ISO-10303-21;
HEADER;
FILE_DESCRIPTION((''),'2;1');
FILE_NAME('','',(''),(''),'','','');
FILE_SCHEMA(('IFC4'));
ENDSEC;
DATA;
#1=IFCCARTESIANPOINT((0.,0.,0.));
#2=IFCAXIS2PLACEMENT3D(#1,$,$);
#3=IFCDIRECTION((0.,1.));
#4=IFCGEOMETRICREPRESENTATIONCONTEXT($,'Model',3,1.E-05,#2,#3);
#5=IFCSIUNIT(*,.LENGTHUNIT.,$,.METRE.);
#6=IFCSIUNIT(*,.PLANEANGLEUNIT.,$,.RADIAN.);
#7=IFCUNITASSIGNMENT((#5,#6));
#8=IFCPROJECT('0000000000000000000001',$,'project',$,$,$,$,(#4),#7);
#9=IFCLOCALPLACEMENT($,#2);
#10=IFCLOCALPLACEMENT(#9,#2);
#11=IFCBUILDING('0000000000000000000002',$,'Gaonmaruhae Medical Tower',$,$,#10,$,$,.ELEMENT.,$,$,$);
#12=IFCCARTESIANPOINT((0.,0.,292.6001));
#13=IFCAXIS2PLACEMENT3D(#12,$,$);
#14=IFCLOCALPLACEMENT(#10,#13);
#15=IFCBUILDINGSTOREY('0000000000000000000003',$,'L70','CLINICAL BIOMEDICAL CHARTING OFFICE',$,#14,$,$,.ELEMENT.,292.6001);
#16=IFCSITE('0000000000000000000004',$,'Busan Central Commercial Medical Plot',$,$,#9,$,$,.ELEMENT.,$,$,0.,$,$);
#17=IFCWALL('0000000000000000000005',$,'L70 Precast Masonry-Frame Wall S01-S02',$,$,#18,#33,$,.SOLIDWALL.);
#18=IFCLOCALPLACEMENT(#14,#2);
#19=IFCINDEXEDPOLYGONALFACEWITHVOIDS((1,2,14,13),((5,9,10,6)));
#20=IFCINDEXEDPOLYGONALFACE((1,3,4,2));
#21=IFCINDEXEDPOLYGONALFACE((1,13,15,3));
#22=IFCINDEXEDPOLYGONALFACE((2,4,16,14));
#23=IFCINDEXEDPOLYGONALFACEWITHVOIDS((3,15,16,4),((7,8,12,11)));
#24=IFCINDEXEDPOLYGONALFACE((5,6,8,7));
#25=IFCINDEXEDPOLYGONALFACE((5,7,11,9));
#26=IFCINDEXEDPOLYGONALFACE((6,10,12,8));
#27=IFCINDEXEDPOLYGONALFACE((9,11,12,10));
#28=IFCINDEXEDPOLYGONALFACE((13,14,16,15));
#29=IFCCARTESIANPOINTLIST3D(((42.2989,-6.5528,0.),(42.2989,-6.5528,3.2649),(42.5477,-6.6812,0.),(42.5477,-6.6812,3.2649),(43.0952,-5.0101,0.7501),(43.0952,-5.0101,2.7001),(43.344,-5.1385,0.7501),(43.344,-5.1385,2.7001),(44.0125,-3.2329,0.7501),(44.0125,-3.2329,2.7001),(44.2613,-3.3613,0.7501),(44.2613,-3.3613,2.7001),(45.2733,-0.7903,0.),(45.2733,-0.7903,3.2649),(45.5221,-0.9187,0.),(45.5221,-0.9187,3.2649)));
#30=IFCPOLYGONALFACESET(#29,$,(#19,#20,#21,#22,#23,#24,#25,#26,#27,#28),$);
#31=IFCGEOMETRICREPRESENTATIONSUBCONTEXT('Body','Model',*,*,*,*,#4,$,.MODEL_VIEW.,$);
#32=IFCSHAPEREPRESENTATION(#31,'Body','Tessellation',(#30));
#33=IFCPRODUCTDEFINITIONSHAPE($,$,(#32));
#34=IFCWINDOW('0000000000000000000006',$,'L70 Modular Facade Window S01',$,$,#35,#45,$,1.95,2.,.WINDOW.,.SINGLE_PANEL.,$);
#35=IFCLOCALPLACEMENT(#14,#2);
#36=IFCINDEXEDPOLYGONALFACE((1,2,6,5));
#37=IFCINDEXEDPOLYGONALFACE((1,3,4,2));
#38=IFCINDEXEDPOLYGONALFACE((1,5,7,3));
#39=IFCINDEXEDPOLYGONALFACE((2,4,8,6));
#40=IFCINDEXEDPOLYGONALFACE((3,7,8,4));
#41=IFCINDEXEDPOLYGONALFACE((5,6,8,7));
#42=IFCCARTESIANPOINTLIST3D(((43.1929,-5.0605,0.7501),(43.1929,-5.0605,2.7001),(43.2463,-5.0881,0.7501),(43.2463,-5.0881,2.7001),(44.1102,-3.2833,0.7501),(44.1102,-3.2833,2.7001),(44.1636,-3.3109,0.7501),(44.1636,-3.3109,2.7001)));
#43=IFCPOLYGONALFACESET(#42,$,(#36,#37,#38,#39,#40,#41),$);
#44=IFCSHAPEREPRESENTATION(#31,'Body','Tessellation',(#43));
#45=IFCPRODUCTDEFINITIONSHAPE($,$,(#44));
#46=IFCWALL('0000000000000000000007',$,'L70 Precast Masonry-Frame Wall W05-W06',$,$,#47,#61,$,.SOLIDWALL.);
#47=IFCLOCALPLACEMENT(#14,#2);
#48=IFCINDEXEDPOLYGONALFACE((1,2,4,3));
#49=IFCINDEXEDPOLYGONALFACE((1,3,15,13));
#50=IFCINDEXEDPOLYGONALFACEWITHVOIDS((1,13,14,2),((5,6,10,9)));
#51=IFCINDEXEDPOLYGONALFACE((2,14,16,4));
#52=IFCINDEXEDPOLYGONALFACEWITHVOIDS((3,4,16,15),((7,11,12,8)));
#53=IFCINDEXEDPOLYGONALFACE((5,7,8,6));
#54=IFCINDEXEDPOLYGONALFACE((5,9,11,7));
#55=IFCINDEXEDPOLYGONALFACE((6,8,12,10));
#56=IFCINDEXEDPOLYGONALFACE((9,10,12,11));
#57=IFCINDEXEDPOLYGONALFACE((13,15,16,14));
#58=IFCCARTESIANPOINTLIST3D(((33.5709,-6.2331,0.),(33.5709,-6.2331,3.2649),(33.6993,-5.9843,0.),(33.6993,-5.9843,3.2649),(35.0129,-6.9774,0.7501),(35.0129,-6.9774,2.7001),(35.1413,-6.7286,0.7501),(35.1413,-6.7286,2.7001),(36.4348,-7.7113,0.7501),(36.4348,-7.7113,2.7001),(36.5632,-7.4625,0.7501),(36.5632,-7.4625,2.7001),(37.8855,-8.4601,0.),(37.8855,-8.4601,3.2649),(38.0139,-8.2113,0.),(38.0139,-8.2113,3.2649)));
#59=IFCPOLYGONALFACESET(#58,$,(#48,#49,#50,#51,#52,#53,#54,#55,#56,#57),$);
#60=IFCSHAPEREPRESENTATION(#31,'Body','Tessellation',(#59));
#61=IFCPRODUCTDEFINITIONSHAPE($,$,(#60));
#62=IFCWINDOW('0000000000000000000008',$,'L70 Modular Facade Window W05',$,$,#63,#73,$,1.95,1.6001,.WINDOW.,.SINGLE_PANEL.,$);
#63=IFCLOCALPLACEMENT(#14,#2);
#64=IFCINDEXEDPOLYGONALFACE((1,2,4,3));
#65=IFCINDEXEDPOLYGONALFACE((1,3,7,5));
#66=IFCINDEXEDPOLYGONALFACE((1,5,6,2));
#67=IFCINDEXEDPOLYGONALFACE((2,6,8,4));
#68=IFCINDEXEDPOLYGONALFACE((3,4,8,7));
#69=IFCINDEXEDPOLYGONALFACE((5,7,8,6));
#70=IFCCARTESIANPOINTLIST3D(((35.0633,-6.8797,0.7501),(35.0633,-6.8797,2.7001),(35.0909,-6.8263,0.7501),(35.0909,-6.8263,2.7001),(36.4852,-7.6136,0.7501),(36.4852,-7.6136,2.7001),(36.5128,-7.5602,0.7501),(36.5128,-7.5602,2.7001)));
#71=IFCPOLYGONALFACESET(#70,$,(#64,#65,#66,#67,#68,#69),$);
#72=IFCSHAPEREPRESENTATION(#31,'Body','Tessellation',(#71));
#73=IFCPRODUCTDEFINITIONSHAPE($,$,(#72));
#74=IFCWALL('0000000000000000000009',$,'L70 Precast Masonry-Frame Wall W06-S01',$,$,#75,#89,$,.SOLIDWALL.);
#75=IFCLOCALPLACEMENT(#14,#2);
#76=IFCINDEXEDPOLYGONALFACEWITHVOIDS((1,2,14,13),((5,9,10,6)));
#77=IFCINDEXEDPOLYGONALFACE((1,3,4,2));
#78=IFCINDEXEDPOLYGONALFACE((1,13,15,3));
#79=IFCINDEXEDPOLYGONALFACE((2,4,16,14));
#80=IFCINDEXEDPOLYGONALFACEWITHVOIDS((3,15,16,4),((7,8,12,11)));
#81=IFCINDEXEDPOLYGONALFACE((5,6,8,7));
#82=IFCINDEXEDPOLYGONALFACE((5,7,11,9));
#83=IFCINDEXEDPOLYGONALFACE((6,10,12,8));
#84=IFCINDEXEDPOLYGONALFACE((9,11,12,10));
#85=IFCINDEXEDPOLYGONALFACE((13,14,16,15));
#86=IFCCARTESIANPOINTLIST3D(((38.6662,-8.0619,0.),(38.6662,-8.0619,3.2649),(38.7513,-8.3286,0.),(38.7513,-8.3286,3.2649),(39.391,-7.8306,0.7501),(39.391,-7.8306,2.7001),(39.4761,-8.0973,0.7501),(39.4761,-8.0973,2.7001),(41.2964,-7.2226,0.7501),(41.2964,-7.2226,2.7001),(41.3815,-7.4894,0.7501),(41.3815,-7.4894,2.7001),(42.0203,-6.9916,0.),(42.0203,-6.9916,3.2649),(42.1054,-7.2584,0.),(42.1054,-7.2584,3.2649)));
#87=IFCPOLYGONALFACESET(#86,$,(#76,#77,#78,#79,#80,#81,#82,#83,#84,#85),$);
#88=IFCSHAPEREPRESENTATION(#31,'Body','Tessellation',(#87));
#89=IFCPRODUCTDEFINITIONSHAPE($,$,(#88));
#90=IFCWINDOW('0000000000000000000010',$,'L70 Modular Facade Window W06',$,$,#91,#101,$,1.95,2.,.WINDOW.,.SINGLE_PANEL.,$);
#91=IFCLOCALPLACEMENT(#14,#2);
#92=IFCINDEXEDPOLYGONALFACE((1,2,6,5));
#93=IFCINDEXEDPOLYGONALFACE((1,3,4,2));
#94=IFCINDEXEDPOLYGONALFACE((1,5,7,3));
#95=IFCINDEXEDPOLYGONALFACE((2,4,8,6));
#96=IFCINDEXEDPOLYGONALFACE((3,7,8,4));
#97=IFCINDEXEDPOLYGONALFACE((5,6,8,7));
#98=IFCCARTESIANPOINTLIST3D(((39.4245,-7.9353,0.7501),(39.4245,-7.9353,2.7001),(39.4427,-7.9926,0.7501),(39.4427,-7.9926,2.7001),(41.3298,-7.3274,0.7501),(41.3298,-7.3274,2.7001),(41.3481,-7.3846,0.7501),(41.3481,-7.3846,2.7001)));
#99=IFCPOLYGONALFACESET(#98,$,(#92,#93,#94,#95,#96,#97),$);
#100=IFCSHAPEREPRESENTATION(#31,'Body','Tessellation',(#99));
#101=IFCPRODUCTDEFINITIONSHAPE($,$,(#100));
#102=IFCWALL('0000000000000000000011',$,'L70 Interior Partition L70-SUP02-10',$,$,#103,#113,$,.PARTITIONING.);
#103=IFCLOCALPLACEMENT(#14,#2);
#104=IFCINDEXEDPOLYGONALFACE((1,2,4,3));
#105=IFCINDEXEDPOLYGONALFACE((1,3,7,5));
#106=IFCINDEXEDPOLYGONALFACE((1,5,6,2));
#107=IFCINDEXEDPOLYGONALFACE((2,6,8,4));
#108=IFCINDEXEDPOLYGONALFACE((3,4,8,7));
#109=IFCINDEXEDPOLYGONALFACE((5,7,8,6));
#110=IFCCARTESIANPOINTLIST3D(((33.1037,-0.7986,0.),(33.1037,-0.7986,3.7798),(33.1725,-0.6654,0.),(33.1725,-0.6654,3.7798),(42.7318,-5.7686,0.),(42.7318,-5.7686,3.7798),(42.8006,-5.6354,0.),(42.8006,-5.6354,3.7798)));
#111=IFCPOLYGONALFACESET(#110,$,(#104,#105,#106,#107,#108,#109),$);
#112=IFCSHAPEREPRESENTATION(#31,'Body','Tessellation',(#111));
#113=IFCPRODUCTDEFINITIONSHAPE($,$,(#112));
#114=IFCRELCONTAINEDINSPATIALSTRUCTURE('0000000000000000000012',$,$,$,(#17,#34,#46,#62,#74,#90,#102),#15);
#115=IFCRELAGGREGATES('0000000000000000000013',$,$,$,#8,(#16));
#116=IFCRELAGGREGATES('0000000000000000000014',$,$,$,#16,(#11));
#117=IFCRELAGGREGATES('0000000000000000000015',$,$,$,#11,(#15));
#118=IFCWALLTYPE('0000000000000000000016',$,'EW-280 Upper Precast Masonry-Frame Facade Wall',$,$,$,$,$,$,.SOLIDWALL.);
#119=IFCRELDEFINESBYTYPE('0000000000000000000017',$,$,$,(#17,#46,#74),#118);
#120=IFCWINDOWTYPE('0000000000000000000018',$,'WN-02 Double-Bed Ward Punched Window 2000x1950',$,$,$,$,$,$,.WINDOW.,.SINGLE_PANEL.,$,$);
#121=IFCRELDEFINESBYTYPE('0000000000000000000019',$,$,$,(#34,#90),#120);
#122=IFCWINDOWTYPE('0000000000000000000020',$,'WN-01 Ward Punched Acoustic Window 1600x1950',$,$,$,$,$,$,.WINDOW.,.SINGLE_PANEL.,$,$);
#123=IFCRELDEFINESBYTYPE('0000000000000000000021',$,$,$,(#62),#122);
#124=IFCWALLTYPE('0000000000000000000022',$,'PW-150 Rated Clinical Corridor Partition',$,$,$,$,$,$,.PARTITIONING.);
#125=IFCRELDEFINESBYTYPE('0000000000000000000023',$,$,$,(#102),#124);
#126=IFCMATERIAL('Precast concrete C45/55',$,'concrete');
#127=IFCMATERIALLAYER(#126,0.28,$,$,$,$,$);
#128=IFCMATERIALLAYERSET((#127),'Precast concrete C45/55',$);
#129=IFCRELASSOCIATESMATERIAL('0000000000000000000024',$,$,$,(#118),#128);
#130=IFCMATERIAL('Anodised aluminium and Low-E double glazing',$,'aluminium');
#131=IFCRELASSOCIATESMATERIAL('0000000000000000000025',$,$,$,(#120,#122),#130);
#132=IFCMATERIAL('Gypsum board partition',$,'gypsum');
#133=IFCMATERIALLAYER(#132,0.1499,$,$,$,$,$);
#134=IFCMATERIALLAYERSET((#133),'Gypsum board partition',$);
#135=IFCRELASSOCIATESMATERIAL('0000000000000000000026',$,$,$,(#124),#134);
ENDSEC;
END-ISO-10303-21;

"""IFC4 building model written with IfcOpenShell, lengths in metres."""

from ifc_helpers import new_model, si_unit, direction, frame, frame_2d, origin, place, context, subcontext, project, spatial, rectangle, extrude, material, layer, layer_set, type_object, element, fill, save


model = new_model("IFC4")

# Units and contexts
model_context = context("Model", 3, precision=1e-05, world=origin(), true_north=direction((0.0, 1.0)))
body_context = subcontext(model_context, "Body", "Model", "MODEL_VIEW")
ifc_project = project(units=[si_unit("LENGTHUNIT", "METRE"), si_unit("PLANEANGLEUNIT", "RADIAN")], contexts=[model_context])

# Site, building, storey
site_placement = place(None, origin())
site = spatial("IfcSite", under=ifc_project, at=site_placement, Name="Busan Central Commercial Medical Plot", CompositionType="ELEMENT", RefElevation=0.0)
building_placement = place(site_placement, origin())
building = spatial("IfcBuilding", under=site, at=building_placement, Name="Gaonmaruhae Medical Tower", CompositionType="ELEMENT")
storey_placement = place(building_placement, frame((0.0, 0.0, 292.6001)))
storey = spatial("IfcBuildingStorey", under=building, at=storey_placement, Name="L70", Description="CLINICAL BIOMEDICAL CHARTING OFFICE", CompositionType="ELEMENT", Elevation=292.6001)

# Shared definitions
ifc_material_1 = material(Name="Anodised aluminium and Low-E double glazing", Category="aluminium")

# Walls, openings, windows
ifc_material_2 = material(Name="Precast concrete C45/55", Category="concrete")
ifc_layer_1 = layer(ifc_material_2, 0.28)
ifc_layer_set_1 = layer_set([ifc_layer_1], Name="Precast concrete C45/55")
wall_type_1 = type_object("IfcWallType", Name="EW-280 Upper Precast Masonry-Frame Facade Wall", PredefinedType="SOLIDWALL", material=ifc_layer_set_1)
wall_1_placement = place(storey_placement, frame((45.3977, -0.8545, 0.0), z_axis=(0.0, 0.0, 1.0), x_axis=(-0.458667, -0.888608, 0.0)))
wall_1 = element("IfcWall", 1, at=wall_1_placement, inside=storey, type_object=wall_type_1, Name="L70 Precast Masonry-Frame Wall S01-S02", PredefinedType="SOLIDWALL", context=body_context, shape_type="SweptSolid", body=[
    extrude(rectangle(XDim=6.4849, YDim=0.28, at=frame_2d((3.2424, 0.0))), origin(), (0.0, 0.0, 1.0), 3.2649),
])
opening_1_placement = place(wall_1_placement, frame((2.7488, 0.0, 0.75)))
opening_1 = element("IfcOpeningElement", 2, at=opening_1_placement, cuts=wall_1, PredefinedType="OPENING", context=body_context, shape_type="SweptSolid", body=[
    extrude(rectangle(XDim=2.0, YDim=1.95, at=frame_2d((1.0, 0.9751))), frame((0.0, 0.1499, 0.0), z_axis=(0.0, -1.0, 0.0), x_axis=(1.0, 0.0, 0.0)), (0.0, 0.0, 1.0), 0.3),
])
window_type_1 = type_object("IfcWindowType", Name="WN-02 Double-Bed Ward Punched Window 2000x1950", PartitioningType="SINGLE_PANEL", PredefinedType="WINDOW", material=ifc_material_1)
window_1_placement = place(opening_1_placement, origin())
window_1 = element("IfcWindow", 3, at=window_1_placement, inside=storey, type_object=window_type_1, Name="L70 Modular Facade Window S01", OverallHeight=1.95, OverallWidth=2.0, PartitioningType="SINGLE_PANEL", PredefinedType="WINDOW", context=body_context, shape_type="SweptSolid", body=[
    extrude(rectangle(XDim=2.0, YDim=1.95, at=frame_2d((1.0, 0.9751))), frame((0.0, 0.03, 0.0), z_axis=(0.0, -1.0, 0.0), x_axis=(1.0, 0.0, 0.0)), (0.0, 0.0, 1.0), 0.0601),
])
fill(opening_1, window_1)
wall_2_placement = place(storey_placement, frame((37.9497, -8.3357, 0.0), z_axis=(0.0, 0.0, 1.0), x_axis=(-0.888611, 0.458661, 0.0)))
wall_2 = element("IfcWall", 4, at=wall_2_placement, inside=storey, type_object=wall_type_1, Name="L70 Precast Masonry-Frame Wall W05-W06", PredefinedType="SOLIDWALL", context=body_context, shape_type="SweptSolid", body=[
    extrude(rectangle(XDim=4.8555, YDim=0.28, at=frame_2d((2.4277, 0.0))), origin(), (0.0, 0.0, 1.0), 3.2649),
])
opening_2_placement = place(wall_2_placement, frame((1.6326, 0.0, 0.75)))
opening_2 = element("IfcOpeningElement", 5, at=opening_2_placement, cuts=wall_2, PredefinedType="OPENING", context=body_context, shape_type="SweptSolid", body=[
    extrude(rectangle(XDim=1.6001, YDim=1.95, at=frame_2d((0.8, 0.9751))), frame((0.0, 0.1499, 0.0), z_axis=(0.0, -1.0, 0.0), x_axis=(1.0, 0.0, 0.0)), (0.0, 0.0, 1.0), 0.3),
])
window_type_2 = type_object("IfcWindowType", Name="WN-01 Ward Punched Acoustic Window 1600x1950", PartitioningType="SINGLE_PANEL", PredefinedType="WINDOW", material=ifc_material_1)
window_2_placement = place(opening_2_placement, origin())
window_2 = element("IfcWindow", 6, at=window_2_placement, inside=storey, type_object=window_type_2, Name="L70 Modular Facade Window W05", OverallHeight=1.95, OverallWidth=1.6001, PartitioningType="SINGLE_PANEL", PredefinedType="WINDOW", context=body_context, shape_type="SweptSolid", body=[
    extrude(rectangle(XDim=1.6001, YDim=1.95, at=frame_2d((0.8, 0.9751))), frame((0.0, 0.03, 0.0), z_axis=(0.0, -1.0, 0.0), x_axis=(1.0, 0.0, 0.0)), (0.0, 0.0, 1.0), 0.0601),
])
fill(opening_2, window_2)
wall_3_placement = place(storey_placement, frame((42.0627, -7.125, 0.0), z_axis=(0.0, 0.0, 1.0), x_axis=(-0.952675, -0.303991, 0.0)))
wall_3 = element("IfcWall", 7, at=wall_3_placement, inside=storey, type_object=wall_type_1, Name="L70 Precast Masonry-Frame Wall W06-S01", PredefinedType="SOLIDWALL", context=body_context, shape_type="SweptSolid", body=[
    extrude(rectangle(XDim=3.5208, YDim=0.28, at=frame_2d((1.7603, 0.0))), origin(), (0.0, 0.0, 1.0), 3.2649),
])
opening_3_placement = place(wall_3_placement, frame((0.7598, 0.0, 0.75)))
opening_3 = element("IfcOpeningElement", 8, at=opening_3_placement, cuts=wall_3, PredefinedType="OPENING", context=body_context, shape_type="SweptSolid", body=[
    extrude(rectangle(XDim=2.0, YDim=1.95, at=frame_2d((1.0, 0.9751))), frame((0.0, 0.1499, 0.0), z_axis=(0.0, -1.0, 0.0), x_axis=(1.0, 0.0, 0.0)), (0.0, 0.0, 1.0), 0.3),
])
window_3_placement = place(opening_3_placement, origin())
window_3 = element("IfcWindow", 9, at=window_3_placement, inside=storey, type_object=window_type_1, Name="L70 Modular Facade Window W06", OverallHeight=1.95, OverallWidth=2.0, PartitioningType="SINGLE_PANEL", PredefinedType="WINDOW", context=body_context, shape_type="SweptSolid", body=[
    extrude(rectangle(XDim=2.0, YDim=1.95, at=frame_2d((1.0, 0.9751))), frame((0.0, 0.03, 0.0), z_axis=(0.0, -1.0, 0.0), x_axis=(1.0, 0.0, 0.0)), (0.0, 0.0, 1.0), 0.0601),
])
fill(opening_3, window_3)

# Wall
ifc_material_3 = material(Name="Gypsum board partition", Category="gypsum")
ifc_layer_2 = layer(ifc_material_3, 0.1499)
ifc_layer_set_2 = layer_set([ifc_layer_2], Name="Gypsum board partition")
wall_type_2 = type_object("IfcWallType", Name="PW-150 Rated Clinical Corridor Partition", PredefinedType="PARTITIONING", material=ifc_layer_set_2)
wall_4_placement = place(storey_placement, frame((42.7661, -5.7019, 0.0), z_axis=(0.0, 0.0, 1.0), x_axis=(-0.888598, 0.458686, 0.0)))
element("IfcWall", 10, at=wall_4_placement, inside=storey, type_object=wall_type_2, Name="L70 Interior Partition L70-SUP02-10", PredefinedType="PARTITIONING", context=body_context, shape_type="SweptSolid", body=[
    extrude(rectangle(XDim=10.8352, YDim=0.1499, at=frame_2d((5.4175, 0.0))), origin(), (0.0, 0.0, 1.0), 3.7798),
])

save(model, "model.ifc")
